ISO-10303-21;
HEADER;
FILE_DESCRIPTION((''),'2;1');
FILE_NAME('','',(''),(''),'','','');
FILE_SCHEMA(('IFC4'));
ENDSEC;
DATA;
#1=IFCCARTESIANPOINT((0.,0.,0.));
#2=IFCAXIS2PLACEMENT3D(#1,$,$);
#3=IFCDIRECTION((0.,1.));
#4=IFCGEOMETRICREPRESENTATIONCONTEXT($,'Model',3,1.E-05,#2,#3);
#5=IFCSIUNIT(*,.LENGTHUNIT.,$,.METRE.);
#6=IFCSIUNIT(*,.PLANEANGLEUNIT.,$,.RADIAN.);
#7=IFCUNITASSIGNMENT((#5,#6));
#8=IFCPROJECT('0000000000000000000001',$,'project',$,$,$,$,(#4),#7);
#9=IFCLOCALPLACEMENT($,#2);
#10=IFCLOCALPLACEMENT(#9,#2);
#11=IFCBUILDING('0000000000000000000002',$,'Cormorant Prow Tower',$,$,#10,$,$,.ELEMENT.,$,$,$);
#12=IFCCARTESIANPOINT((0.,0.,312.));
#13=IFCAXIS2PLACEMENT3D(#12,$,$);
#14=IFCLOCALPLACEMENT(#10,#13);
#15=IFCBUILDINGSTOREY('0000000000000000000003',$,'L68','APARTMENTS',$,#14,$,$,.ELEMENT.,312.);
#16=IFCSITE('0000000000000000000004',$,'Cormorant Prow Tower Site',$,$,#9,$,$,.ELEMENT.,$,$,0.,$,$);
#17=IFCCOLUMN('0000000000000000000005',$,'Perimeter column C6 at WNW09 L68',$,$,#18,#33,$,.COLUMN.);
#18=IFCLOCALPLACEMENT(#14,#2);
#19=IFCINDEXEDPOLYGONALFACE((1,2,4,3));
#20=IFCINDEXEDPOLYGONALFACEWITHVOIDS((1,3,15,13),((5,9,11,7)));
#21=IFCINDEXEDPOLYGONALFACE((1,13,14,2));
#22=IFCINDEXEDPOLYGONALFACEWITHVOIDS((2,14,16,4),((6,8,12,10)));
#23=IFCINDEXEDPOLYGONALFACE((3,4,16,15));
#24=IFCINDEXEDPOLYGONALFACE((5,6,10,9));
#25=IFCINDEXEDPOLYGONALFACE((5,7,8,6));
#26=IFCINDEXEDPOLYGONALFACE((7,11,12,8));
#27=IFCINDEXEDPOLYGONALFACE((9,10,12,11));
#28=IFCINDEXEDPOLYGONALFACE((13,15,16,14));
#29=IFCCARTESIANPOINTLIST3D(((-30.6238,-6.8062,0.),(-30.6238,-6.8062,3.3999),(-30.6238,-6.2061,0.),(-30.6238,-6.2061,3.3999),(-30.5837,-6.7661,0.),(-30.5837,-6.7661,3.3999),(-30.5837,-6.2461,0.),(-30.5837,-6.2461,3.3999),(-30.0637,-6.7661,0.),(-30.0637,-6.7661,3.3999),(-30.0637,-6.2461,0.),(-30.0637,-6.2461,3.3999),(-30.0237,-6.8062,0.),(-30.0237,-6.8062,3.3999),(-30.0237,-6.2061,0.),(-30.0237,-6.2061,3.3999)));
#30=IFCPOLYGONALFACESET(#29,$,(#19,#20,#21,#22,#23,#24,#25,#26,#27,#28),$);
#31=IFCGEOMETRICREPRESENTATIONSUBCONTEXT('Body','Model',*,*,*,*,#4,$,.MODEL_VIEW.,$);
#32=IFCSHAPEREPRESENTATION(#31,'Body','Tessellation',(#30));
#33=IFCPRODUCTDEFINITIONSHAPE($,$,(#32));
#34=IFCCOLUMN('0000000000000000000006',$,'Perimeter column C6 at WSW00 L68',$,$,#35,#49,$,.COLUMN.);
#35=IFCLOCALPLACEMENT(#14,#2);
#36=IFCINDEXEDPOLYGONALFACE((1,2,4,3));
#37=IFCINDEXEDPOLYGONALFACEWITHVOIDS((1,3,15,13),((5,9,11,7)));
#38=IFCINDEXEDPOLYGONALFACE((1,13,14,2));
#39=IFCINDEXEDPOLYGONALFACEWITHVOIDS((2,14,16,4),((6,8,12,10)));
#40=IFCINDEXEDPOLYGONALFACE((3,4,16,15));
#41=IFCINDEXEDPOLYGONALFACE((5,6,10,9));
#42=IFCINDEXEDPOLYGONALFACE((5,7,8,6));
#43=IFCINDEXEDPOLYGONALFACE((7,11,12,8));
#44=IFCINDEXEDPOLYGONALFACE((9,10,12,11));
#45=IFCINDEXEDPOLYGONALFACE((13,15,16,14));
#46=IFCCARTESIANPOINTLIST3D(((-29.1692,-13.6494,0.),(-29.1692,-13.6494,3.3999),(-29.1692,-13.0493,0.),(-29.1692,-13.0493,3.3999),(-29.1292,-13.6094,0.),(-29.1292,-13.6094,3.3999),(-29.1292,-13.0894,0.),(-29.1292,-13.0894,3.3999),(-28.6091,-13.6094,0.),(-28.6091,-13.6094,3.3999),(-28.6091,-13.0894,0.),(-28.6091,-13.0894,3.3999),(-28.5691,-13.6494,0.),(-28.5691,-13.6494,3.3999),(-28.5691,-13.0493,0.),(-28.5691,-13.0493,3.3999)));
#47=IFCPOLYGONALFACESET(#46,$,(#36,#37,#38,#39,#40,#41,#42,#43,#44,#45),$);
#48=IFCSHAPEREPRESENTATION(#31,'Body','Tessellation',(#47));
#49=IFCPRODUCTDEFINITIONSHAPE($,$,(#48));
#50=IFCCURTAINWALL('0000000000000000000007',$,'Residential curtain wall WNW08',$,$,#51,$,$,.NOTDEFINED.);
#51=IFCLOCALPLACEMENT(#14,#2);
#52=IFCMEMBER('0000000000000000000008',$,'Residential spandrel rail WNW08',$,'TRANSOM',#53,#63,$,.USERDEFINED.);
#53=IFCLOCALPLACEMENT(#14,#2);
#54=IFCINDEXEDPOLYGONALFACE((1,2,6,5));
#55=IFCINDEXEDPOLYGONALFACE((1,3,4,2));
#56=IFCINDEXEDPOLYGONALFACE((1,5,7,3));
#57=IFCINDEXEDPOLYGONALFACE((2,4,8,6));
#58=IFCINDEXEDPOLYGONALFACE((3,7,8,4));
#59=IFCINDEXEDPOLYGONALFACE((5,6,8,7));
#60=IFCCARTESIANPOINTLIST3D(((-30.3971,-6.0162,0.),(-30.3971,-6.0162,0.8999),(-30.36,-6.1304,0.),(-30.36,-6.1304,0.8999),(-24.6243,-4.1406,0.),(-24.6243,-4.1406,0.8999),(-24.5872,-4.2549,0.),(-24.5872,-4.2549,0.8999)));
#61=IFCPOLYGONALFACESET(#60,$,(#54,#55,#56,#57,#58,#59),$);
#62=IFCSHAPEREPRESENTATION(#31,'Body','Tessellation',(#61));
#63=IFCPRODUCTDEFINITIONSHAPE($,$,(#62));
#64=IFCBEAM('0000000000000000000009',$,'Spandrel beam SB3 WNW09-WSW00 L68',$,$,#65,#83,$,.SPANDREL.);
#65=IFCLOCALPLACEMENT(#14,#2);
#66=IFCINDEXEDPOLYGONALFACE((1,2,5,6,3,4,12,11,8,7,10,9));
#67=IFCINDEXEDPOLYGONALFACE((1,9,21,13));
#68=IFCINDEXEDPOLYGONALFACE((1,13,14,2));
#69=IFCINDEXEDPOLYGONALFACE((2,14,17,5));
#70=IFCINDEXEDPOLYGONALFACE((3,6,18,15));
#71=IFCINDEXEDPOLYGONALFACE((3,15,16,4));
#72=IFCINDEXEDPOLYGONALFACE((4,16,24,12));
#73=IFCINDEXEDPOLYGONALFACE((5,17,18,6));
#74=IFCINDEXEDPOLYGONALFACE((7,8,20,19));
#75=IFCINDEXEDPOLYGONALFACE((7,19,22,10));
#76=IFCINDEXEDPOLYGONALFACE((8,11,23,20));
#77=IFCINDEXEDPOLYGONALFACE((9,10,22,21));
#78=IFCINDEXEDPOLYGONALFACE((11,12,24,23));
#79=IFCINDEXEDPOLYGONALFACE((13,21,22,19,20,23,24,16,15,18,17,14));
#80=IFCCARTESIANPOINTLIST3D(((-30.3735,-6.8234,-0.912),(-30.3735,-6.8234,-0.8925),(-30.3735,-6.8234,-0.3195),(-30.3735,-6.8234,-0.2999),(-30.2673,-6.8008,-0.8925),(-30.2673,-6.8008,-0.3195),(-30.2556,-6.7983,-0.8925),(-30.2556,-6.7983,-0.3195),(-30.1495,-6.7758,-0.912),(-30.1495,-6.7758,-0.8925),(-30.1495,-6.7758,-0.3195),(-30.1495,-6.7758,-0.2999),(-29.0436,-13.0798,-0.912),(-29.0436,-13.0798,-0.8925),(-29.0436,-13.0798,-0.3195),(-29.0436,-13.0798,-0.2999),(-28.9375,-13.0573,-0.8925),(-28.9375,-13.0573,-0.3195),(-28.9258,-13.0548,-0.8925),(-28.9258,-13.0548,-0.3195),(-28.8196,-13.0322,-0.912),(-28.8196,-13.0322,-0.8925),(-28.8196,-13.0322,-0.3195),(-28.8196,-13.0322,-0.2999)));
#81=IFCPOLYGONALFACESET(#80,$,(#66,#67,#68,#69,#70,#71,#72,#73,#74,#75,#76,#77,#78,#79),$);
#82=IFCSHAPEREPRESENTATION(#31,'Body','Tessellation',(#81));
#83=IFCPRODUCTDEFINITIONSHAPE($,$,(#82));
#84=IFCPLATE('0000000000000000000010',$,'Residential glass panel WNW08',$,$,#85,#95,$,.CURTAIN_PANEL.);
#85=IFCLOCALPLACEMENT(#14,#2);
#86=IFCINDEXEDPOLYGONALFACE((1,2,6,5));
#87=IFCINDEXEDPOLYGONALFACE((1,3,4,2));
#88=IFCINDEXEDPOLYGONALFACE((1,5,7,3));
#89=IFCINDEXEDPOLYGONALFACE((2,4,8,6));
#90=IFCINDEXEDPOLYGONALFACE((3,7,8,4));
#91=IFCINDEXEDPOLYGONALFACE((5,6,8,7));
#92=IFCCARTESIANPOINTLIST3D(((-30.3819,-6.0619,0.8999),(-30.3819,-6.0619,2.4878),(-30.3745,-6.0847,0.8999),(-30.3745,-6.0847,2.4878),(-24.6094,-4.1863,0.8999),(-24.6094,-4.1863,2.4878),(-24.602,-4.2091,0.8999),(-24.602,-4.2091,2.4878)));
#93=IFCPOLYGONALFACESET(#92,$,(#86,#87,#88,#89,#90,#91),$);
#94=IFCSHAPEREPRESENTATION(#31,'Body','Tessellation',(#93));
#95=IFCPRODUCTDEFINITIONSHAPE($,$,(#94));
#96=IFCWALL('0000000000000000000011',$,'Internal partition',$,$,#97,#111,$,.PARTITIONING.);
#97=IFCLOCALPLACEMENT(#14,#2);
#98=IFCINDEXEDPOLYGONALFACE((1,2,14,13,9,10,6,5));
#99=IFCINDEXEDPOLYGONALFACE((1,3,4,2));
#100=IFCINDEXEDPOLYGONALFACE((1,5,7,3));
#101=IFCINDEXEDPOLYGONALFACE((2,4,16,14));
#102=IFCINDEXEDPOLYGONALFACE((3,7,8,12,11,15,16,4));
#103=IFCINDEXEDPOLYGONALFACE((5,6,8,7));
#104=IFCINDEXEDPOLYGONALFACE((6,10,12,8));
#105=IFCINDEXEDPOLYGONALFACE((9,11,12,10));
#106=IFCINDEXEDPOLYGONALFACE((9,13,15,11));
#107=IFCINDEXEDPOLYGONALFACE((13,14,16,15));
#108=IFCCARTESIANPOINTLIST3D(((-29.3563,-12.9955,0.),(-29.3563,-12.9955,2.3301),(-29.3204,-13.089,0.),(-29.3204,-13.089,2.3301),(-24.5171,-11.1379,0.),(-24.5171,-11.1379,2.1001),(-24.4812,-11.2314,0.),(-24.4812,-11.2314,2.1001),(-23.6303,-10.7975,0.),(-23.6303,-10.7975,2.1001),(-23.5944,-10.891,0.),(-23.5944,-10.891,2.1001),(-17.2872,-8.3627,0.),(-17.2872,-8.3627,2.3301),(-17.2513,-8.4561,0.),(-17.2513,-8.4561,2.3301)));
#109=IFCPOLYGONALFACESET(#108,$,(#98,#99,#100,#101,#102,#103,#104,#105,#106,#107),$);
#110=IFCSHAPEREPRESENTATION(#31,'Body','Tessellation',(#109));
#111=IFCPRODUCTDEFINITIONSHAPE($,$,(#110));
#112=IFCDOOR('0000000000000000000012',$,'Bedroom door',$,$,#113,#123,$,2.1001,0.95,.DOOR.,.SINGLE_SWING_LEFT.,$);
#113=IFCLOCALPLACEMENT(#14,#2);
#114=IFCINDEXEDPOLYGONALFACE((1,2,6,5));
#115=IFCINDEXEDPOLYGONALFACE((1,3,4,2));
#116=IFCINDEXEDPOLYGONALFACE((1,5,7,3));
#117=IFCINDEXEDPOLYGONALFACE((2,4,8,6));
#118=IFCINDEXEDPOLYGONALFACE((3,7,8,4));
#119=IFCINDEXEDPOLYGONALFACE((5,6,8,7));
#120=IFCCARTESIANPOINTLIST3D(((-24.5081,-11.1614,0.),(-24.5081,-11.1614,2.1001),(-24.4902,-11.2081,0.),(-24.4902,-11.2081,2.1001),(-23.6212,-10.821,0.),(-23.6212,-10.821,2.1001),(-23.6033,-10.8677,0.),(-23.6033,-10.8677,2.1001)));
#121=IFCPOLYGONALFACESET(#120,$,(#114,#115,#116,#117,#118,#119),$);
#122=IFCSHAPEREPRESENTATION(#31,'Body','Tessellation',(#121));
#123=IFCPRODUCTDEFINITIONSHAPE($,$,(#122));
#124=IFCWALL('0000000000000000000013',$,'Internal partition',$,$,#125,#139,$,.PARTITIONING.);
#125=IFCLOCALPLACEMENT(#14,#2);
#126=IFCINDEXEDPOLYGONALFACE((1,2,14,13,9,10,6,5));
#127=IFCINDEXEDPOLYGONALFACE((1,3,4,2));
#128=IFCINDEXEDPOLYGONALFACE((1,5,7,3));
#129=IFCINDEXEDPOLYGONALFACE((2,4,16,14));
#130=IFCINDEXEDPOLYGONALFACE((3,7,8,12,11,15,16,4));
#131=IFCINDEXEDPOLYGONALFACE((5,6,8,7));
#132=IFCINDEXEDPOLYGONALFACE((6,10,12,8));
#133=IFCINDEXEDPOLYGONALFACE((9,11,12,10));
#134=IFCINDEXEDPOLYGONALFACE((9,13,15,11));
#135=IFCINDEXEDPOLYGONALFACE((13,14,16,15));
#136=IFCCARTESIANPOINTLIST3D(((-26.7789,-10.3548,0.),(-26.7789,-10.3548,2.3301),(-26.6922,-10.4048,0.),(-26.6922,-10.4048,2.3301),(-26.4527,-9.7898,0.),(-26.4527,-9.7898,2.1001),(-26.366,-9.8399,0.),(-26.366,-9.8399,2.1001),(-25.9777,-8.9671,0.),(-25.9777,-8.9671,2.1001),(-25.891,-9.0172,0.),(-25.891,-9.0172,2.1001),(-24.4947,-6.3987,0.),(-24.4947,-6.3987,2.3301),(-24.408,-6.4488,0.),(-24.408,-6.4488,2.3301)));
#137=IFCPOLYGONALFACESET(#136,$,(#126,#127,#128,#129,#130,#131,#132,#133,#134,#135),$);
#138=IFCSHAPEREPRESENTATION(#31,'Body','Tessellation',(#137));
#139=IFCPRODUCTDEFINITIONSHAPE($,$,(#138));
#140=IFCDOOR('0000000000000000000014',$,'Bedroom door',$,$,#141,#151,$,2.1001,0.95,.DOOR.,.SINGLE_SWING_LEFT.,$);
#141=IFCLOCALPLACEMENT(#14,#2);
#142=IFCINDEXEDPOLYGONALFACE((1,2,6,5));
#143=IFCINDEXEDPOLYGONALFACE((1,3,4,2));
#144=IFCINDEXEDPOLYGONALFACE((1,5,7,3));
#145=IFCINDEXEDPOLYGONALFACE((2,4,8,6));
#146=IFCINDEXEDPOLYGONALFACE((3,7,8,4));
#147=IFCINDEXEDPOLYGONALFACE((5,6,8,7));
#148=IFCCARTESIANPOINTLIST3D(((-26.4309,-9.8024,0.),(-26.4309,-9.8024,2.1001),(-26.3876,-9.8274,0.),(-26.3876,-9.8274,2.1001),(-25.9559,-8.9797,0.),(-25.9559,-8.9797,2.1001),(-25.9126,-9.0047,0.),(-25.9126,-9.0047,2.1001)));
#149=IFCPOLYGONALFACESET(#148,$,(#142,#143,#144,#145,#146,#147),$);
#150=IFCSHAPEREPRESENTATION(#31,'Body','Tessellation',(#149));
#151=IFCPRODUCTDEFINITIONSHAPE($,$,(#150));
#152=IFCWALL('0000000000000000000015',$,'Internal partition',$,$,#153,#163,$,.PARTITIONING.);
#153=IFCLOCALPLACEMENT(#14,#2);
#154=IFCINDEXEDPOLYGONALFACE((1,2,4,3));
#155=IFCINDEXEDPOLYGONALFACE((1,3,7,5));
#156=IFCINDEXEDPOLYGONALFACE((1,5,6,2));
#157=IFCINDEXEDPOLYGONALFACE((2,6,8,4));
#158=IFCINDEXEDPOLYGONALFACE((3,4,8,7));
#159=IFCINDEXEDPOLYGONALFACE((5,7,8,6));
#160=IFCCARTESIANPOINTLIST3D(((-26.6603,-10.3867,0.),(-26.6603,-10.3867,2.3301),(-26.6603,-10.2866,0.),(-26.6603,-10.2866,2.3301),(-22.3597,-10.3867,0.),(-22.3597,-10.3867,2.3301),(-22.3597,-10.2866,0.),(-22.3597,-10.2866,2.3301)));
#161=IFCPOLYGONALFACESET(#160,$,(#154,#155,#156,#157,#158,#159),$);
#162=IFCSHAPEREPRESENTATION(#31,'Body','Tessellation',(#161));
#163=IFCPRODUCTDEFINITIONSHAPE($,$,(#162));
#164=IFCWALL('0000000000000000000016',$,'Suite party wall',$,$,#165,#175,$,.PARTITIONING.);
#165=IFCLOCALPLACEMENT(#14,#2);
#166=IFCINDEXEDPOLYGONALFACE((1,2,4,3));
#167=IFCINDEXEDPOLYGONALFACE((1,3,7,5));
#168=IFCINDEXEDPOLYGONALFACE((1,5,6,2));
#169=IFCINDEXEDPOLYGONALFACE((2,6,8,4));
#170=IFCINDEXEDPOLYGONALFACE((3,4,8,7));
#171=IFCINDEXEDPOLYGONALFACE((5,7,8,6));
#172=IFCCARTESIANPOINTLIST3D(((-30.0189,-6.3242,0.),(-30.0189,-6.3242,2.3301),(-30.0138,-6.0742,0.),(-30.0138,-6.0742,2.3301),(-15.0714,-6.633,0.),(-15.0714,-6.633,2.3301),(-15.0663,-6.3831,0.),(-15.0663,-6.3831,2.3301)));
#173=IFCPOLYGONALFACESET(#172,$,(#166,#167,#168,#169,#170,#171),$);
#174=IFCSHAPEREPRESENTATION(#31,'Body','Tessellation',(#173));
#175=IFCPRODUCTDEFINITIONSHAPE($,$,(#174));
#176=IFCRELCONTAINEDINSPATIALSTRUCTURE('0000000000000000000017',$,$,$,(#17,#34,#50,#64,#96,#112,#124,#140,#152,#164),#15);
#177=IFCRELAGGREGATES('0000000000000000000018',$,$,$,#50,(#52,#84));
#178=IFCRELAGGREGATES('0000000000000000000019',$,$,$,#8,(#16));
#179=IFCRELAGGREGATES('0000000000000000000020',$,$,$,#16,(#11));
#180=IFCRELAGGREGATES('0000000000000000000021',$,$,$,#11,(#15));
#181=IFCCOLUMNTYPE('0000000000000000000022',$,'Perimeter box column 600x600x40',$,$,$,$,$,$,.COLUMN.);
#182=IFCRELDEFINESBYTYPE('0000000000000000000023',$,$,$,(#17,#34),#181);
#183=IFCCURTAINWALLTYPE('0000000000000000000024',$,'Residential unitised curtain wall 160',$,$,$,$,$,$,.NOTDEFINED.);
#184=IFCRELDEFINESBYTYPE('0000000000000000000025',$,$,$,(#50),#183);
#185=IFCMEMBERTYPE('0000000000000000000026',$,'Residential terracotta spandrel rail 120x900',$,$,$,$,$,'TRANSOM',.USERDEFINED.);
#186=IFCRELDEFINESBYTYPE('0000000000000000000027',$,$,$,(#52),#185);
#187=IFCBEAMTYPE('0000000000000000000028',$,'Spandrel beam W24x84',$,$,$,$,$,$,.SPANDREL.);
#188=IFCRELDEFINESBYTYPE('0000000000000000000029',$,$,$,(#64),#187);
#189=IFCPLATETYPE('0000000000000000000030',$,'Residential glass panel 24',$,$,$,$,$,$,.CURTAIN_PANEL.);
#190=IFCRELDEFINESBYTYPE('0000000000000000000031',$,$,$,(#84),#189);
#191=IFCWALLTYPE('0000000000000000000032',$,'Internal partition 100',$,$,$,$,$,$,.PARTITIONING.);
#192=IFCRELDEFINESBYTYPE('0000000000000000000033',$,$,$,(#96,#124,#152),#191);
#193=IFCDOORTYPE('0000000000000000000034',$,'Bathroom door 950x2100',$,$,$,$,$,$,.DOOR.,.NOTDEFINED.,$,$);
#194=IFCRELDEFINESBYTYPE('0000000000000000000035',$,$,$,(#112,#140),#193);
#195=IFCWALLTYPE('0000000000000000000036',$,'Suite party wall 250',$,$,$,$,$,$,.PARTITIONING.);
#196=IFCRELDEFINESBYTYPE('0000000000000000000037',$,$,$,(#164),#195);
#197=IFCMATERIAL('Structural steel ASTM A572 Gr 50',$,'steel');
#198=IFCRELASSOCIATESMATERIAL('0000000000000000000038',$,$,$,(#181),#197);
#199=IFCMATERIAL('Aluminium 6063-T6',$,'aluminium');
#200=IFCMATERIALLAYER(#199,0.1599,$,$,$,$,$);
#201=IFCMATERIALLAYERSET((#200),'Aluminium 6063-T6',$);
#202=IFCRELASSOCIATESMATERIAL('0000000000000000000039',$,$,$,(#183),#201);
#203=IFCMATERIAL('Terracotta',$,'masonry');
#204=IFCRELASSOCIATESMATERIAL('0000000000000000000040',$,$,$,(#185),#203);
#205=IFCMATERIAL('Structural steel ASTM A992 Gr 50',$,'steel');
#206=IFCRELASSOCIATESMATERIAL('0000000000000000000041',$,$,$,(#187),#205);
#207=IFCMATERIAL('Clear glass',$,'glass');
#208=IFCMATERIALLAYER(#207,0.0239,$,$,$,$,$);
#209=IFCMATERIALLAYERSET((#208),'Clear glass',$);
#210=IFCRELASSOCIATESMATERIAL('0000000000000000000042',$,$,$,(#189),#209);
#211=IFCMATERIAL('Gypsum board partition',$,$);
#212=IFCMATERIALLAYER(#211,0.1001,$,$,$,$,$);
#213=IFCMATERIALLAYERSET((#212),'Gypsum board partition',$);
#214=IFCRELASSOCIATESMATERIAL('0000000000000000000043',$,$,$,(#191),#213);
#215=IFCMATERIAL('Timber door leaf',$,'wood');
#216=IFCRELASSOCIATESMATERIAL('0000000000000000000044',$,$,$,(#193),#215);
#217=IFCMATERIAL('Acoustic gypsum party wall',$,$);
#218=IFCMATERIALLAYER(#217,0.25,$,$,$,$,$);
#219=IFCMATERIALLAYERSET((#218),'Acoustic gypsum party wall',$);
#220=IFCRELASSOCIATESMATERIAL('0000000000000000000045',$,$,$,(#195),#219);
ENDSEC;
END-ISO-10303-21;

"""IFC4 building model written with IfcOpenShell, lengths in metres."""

from ifc_helpers import new_model, si_unit, direction, frame, frame_2d, origin, origin_2d, place, context, subcontext, project, spatial, rectangle, hollow_rectangle, i_section, extrude, material, layer, layer_set, material_profile, profile_set, type_object, element, fill, aggregate, save


model = new_model("IFC4")

# Units and contexts
model_context = context("Model", 3, precision=1e-05, world=origin(), true_north=direction((0.0, 1.0)))
body_context = subcontext(model_context, "Body", "Model", "MODEL_VIEW")
ifc_project = project(units=[si_unit("LENGTHUNIT", "METRE"), si_unit("PLANEANGLEUNIT", "RADIAN")], contexts=[model_context])

# Site, building, storey
site_placement = place(None, origin())
site = spatial("IfcSite", under=ifc_project, at=site_placement, Name="Cormorant Prow Tower Site", CompositionType="ELEMENT", RefElevation=0.0)
building_placement = place(site_placement, origin())
building = spatial("IfcBuilding", under=site, at=building_placement, Name="Cormorant Prow Tower", CompositionType="ELEMENT")
storey_placement = place(building_placement, frame((0.0, 0.0, 312.0)))
storey = spatial("IfcBuildingStorey", under=building, at=storey_placement, Name="L68", Description="APARTMENTS", CompositionType="ELEMENT", Elevation=312.0)

# Columns
ifc_material_1 = material(Name="Structural steel ASTM A572 Gr 50", Category="steel")
ifc_material_profile_1 = material_profile(ifc_material_1, hollow_rectangle(XDim=0.6001, YDim=0.6001, WallThickness=0.04, at=origin_2d()), Name="Box 600x600x40")
ifc_profile_set_1 = profile_set([ifc_material_profile_1], Name="Structural steel ASTM A572 Gr 50")
column_type = type_object("IfcColumnType", Name="Perimeter box column 600x600x40", PredefinedType="COLUMN", material=ifc_profile_set_1)
for number, where, z_axis, x_axis, name in (
    (1, (-30.3237, -6.5061, 0.0), (0.0, 0.0, 1.0), (1.0, 0.0, 0.0), "Perimeter column C6 at WNW09 L68"),
    (2, (-28.8691, -13.3494, 0.0), (0.0, 0.0, 1.0), (1.0, 0.0, 0.0), "Perimeter column C6 at WSW00 L68"),
):
    element("IfcColumn", number, at=place(storey_placement, frame(where, z_axis=z_axis, x_axis=x_axis)), inside=storey, type_object=column_type, Name=name, PredefinedType="COLUMN", context=body_context, shape_type="SweptSolid", body=[
        extrude(hollow_rectangle(XDim=0.6001, YDim=0.6001, WallThickness=0.04, at=origin_2d()), origin(), (0.0, 0.0, 1.0), 3.3999),
    ])

# Curtain wall, member
ifc_material_2 = material(Name="Aluminium 6063-T6", Category="aluminium")
ifc_layer_1 = layer(ifc_material_2, 0.1599)
ifc_layer_set_1 = layer_set([ifc_layer_1], Name="Aluminium 6063-T6")
curtain_wall_type = type_object("IfcCurtainWallType", Name="Residential unitised curtain wall 160", PredefinedType="NOTDEFINED", material=ifc_layer_set_1)
curtain_wall_placement = place(storey_placement, origin())
curtain_wall = element("IfcCurtainWall", 3, at=curtain_wall_placement, inside=storey, type_object=curtain_wall_type, Name="Residential curtain wall WNW08", PredefinedType="NOTDEFINED")
ifc_material_3 = material(Name="Terracotta", Category="masonry")
ifc_material_profile_2 = material_profile(ifc_material_3, rectangle(XDim=0.1201, YDim=0.8999, at=origin_2d()), Name="Residential terracotta spandrel rail 120x900")
ifc_profile_set_2 = profile_set([ifc_material_profile_2], Name="Terracotta")
member_type = type_object("IfcMemberType", Name="Residential terracotta spandrel rail 120x900", ElementType="TRANSOM", PredefinedType="USERDEFINED", material=ifc_profile_set_2)
member_placement = place(storey_placement, frame((-24.6057, -4.1978, 0.45), z_axis=(-0.951065, -0.308991, 0.0), x_axis=(0.308991, -0.951065, 0.0)))
member = element("IfcMember", 4, at=member_placement, type_object=member_type, Name="Residential spandrel rail WNW08", ObjectType="TRANSOM", PredefinedType="USERDEFINED", context=body_context, shape_type="SweptSolid", body=[
    extrude(rectangle(XDim=0.1201, YDim=0.8999, at=origin_2d()), origin(), (0.0, 0.0, 1.0), 6.0698),
])

# Beam
ifc_material_4 = material(Name="Structural steel ASTM A992 Gr 50", Category="steel")
ifc_material_profile_3 = material_profile(ifc_material_4, i_section(OverallWidth=0.229, OverallDepth=0.6121, WebThickness=0.012, FlangeThickness=0.0195, at=origin_2d()), Name="W24x84")
ifc_profile_set_3 = profile_set([ifc_material_profile_3], Name="Structural steel ASTM A992 Gr 50")
beam_type = type_object("IfcBeamType", Name="Spandrel beam W24x84", PredefinedType="SPANDREL", material=ifc_profile_set_3)
beam_placement = place(storey_placement, frame((-30.2615, -6.7996, -0.606), z_axis=(0.207913, -0.978147, 0.0), x_axis=(0.978147, 0.207913, 0.0)))
element("IfcBeam", 5, at=beam_placement, inside=storey, type_object=beam_type, Name="Spandrel beam SB3 WNW09-WSW00 L68", PredefinedType="SPANDREL", context=body_context, shape_type="SweptSolid", body=[
    extrude(i_section(OverallWidth=0.229, OverallDepth=0.6121, WebThickness=0.012, FlangeThickness=0.0195, at=origin_2d()), origin(), (0.0, 0.0, 1.0), 6.3962),
])

# Plate
ifc_material_5 = material(Name="Clear glass", Category="glass")
ifc_layer_2 = layer(ifc_material_5, 0.0239)
ifc_layer_set_2 = layer_set([ifc_layer_2], Name="Clear glass")
plate_type = type_object("IfcPlateType", Name="Residential glass panel 24", PredefinedType="CURTAIN_PANEL", material=ifc_layer_set_2)
plate_placement = place(storey_placement, frame((-27.4919, -5.1355, 0.8999), z_axis=(0.0, 0.0, 1.0), x_axis=(-0.951057, -0.309017, 0.0)))
plate = element("IfcPlate", 6, at=plate_placement, type_object=plate_type, Name="Residential glass panel WNW08", PredefinedType="CURTAIN_PANEL", context=body_context, shape_type="SweptSolid", body=[
    extrude(rectangle(XDim=6.0696, YDim=0.0239, at=origin_2d()), origin(), (0.0, 0.0, 1.0), 1.5879),
])
aggregate(curtain_wall, [member, plate])

# Walls, openings, doors
ifc_material_6 = material(Name="Gypsum board partition")
ifc_layer_3 = layer(ifc_material_6, 0.1001)
ifc_layer_set_3 = layer_set([ifc_layer_3], Name="Gypsum board partition")
wall_type_1 = type_object("IfcWallType", Name="Internal partition 100", PredefinedType="PARTITIONING", material=ifc_layer_set_3)
wall_1_placement = place(storey_placement, frame((-29.3384, -13.0422, 0.0), z_axis=(0.0, 0.0, 1.0), x_axis=(0.933582, 0.358363, 0.0)))
wall_1 = element("IfcWall", 7, at=wall_1_placement, inside=storey, type_object=wall_type_1, Name="Internal partition", PredefinedType="PARTITIONING", context=body_context, shape_type="SweptSolid", body=[
    extrude(rectangle(XDim=12.9277, YDim=0.1001, at=frame_2d((6.4639, 0.0))), origin(), (0.0, 0.0, 1.0), 2.3301),
])
opening_1_placement = place(wall_1_placement, frame((5.1833, 0.0, 0.0)))
opening_1 = element("IfcOpeningElement", 8, at=opening_1_placement, cuts=wall_1, PredefinedType="OPENING", context=body_context, shape_type="SweptSolid", body=[
    extrude(rectangle(XDim=0.95, YDim=2.1001, at=frame_2d((0.4751, 1.05))), frame((0.0, 0.0601, 0.0), z_axis=(0.0, -1.0, 0.0), x_axis=(1.0, 0.0, 0.0)), (0.0, 0.0, 1.0), 0.1201),
])
ifc_material_7 = material(Name="Timber door leaf", Category="wood")
door_type_1 = type_object("IfcDoorType", Name="Bathroom door 950x2100", OperationType="NOTDEFINED", PredefinedType="DOOR", material=ifc_material_7)
door_1_placement = place(opening_1_placement, origin())
door_1 = element("IfcDoor", 9, at=door_1_placement, inside=storey, type_object=door_type_1, Name="Bedroom door", OperationType="SINGLE_SWING_LEFT", OverallHeight=2.1001, OverallWidth=0.95, PredefinedType="DOOR", context=body_context, shape_type="SweptSolid", body=[
    extrude(rectangle(XDim=0.95, YDim=2.1001, at=frame_2d((0.4751, 1.05))), frame((0.0, 0.0249, 0.0), z_axis=(0.0, -1.0, 0.0), x_axis=(1.0, 0.0, 0.0)), (0.0, 0.0, 1.0), 0.05),
])
fill(opening_1, door_1)
wall_2_placement = place(storey_placement, frame((-26.7356, -10.3799, 0.0), z_axis=(0.0, 0.0, 1.0), x_axis=(0.500025, 0.866011, 0.0)))
wall_2 = element("IfcWall", 10, at=wall_2_placement, inside=storey, type_object=wall_type_1, Name="Internal partition", PredefinedType="PARTITIONING", context=body_context, shape_type="SweptSolid", body=[
    extrude(rectangle(XDim=4.5681, YDim=0.1001, at=frame_2d((2.2842, 0.0))), origin(), (0.0, 0.0, 1.0), 2.3301),
])
opening_2_placement = place(wall_2_placement, frame((0.6523, 0.0, 0.0)))
opening_2 = element("IfcOpeningElement", 11, at=opening_2_placement, cuts=wall_2, PredefinedType="OPENING", context=body_context, shape_type="SweptSolid", body=[
    extrude(rectangle(XDim=0.95, YDim=2.1001, at=frame_2d((0.4751, 1.05))), frame((0.0, 0.0601, 0.0), z_axis=(0.0, -1.0, 0.0), x_axis=(1.0, 0.0, 0.0)), (0.0, 0.0, 1.0), 0.1201),
])
door_2_placement = place(opening_2_placement, origin())
door_2 = element("IfcDoor", 12, at=door_2_placement, inside=storey, type_object=door_type_1, Name="Bedroom door", OperationType="SINGLE_SWING_LEFT", OverallHeight=2.1001, OverallWidth=0.95, PredefinedType="DOOR", context=body_context, shape_type="SweptSolid", body=[
    extrude(rectangle(XDim=0.95, YDim=2.1001, at=frame_2d((0.4751, 1.05))), frame((0.0, 0.0249, 0.0), z_axis=(0.0, -1.0, 0.0), x_axis=(1.0, 0.0, 0.0)), (0.0, 0.0, 1.0), 0.05),
])
fill(opening_2, door_2)

# Walls
wall_3_placement = place(storey_placement, frame((-26.6604, -10.3367, 0.0), z_axis=(0.0, 0.0, 1.0), x_axis=(1.0, 0.0, 0.0)))
element("IfcWall", 13, at=wall_3_placement, inside=storey, type_object=wall_type_1, Name="Internal partition", PredefinedType="PARTITIONING", context=body_context, shape_type="SweptSolid", body=[
    extrude(rectangle(XDim=4.3005, YDim=0.1001, at=frame_2d((2.1504, 0.0))), origin(), (0.0, 0.0, 1.0), 2.3301),
])
ifc_material_8 = material(Name="Acoustic gypsum party wall")
ifc_layer_4 = layer(ifc_material_8, 0.25)
ifc_layer_set_4 = layer_set([ifc_layer_4], Name="Acoustic gypsum party wall")
wall_type_2 = type_object("IfcWallType", Name="Suite party wall 250", PredefinedType="PARTITIONING", material=ifc_layer_set_4)
wall_4_placement = place(storey_placement, frame((-30.0164, -6.1992, 0.0), z_axis=(0.0, 0.0, 1.0), x_axis=(0.999787, -0.020657, 0.0)))
element("IfcWall", 14, at=wall_4_placement, inside=storey, type_object=wall_type_2, Name="Suite party wall", PredefinedType="PARTITIONING", context=body_context, shape_type="SweptSolid", body=[
    extrude(rectangle(XDim=14.9507, YDim=0.25, at=frame_2d((7.4753, 0.0))), origin(), (0.0, 0.0, 1.0), 2.3301),
])

save(model, "model.ifc")
